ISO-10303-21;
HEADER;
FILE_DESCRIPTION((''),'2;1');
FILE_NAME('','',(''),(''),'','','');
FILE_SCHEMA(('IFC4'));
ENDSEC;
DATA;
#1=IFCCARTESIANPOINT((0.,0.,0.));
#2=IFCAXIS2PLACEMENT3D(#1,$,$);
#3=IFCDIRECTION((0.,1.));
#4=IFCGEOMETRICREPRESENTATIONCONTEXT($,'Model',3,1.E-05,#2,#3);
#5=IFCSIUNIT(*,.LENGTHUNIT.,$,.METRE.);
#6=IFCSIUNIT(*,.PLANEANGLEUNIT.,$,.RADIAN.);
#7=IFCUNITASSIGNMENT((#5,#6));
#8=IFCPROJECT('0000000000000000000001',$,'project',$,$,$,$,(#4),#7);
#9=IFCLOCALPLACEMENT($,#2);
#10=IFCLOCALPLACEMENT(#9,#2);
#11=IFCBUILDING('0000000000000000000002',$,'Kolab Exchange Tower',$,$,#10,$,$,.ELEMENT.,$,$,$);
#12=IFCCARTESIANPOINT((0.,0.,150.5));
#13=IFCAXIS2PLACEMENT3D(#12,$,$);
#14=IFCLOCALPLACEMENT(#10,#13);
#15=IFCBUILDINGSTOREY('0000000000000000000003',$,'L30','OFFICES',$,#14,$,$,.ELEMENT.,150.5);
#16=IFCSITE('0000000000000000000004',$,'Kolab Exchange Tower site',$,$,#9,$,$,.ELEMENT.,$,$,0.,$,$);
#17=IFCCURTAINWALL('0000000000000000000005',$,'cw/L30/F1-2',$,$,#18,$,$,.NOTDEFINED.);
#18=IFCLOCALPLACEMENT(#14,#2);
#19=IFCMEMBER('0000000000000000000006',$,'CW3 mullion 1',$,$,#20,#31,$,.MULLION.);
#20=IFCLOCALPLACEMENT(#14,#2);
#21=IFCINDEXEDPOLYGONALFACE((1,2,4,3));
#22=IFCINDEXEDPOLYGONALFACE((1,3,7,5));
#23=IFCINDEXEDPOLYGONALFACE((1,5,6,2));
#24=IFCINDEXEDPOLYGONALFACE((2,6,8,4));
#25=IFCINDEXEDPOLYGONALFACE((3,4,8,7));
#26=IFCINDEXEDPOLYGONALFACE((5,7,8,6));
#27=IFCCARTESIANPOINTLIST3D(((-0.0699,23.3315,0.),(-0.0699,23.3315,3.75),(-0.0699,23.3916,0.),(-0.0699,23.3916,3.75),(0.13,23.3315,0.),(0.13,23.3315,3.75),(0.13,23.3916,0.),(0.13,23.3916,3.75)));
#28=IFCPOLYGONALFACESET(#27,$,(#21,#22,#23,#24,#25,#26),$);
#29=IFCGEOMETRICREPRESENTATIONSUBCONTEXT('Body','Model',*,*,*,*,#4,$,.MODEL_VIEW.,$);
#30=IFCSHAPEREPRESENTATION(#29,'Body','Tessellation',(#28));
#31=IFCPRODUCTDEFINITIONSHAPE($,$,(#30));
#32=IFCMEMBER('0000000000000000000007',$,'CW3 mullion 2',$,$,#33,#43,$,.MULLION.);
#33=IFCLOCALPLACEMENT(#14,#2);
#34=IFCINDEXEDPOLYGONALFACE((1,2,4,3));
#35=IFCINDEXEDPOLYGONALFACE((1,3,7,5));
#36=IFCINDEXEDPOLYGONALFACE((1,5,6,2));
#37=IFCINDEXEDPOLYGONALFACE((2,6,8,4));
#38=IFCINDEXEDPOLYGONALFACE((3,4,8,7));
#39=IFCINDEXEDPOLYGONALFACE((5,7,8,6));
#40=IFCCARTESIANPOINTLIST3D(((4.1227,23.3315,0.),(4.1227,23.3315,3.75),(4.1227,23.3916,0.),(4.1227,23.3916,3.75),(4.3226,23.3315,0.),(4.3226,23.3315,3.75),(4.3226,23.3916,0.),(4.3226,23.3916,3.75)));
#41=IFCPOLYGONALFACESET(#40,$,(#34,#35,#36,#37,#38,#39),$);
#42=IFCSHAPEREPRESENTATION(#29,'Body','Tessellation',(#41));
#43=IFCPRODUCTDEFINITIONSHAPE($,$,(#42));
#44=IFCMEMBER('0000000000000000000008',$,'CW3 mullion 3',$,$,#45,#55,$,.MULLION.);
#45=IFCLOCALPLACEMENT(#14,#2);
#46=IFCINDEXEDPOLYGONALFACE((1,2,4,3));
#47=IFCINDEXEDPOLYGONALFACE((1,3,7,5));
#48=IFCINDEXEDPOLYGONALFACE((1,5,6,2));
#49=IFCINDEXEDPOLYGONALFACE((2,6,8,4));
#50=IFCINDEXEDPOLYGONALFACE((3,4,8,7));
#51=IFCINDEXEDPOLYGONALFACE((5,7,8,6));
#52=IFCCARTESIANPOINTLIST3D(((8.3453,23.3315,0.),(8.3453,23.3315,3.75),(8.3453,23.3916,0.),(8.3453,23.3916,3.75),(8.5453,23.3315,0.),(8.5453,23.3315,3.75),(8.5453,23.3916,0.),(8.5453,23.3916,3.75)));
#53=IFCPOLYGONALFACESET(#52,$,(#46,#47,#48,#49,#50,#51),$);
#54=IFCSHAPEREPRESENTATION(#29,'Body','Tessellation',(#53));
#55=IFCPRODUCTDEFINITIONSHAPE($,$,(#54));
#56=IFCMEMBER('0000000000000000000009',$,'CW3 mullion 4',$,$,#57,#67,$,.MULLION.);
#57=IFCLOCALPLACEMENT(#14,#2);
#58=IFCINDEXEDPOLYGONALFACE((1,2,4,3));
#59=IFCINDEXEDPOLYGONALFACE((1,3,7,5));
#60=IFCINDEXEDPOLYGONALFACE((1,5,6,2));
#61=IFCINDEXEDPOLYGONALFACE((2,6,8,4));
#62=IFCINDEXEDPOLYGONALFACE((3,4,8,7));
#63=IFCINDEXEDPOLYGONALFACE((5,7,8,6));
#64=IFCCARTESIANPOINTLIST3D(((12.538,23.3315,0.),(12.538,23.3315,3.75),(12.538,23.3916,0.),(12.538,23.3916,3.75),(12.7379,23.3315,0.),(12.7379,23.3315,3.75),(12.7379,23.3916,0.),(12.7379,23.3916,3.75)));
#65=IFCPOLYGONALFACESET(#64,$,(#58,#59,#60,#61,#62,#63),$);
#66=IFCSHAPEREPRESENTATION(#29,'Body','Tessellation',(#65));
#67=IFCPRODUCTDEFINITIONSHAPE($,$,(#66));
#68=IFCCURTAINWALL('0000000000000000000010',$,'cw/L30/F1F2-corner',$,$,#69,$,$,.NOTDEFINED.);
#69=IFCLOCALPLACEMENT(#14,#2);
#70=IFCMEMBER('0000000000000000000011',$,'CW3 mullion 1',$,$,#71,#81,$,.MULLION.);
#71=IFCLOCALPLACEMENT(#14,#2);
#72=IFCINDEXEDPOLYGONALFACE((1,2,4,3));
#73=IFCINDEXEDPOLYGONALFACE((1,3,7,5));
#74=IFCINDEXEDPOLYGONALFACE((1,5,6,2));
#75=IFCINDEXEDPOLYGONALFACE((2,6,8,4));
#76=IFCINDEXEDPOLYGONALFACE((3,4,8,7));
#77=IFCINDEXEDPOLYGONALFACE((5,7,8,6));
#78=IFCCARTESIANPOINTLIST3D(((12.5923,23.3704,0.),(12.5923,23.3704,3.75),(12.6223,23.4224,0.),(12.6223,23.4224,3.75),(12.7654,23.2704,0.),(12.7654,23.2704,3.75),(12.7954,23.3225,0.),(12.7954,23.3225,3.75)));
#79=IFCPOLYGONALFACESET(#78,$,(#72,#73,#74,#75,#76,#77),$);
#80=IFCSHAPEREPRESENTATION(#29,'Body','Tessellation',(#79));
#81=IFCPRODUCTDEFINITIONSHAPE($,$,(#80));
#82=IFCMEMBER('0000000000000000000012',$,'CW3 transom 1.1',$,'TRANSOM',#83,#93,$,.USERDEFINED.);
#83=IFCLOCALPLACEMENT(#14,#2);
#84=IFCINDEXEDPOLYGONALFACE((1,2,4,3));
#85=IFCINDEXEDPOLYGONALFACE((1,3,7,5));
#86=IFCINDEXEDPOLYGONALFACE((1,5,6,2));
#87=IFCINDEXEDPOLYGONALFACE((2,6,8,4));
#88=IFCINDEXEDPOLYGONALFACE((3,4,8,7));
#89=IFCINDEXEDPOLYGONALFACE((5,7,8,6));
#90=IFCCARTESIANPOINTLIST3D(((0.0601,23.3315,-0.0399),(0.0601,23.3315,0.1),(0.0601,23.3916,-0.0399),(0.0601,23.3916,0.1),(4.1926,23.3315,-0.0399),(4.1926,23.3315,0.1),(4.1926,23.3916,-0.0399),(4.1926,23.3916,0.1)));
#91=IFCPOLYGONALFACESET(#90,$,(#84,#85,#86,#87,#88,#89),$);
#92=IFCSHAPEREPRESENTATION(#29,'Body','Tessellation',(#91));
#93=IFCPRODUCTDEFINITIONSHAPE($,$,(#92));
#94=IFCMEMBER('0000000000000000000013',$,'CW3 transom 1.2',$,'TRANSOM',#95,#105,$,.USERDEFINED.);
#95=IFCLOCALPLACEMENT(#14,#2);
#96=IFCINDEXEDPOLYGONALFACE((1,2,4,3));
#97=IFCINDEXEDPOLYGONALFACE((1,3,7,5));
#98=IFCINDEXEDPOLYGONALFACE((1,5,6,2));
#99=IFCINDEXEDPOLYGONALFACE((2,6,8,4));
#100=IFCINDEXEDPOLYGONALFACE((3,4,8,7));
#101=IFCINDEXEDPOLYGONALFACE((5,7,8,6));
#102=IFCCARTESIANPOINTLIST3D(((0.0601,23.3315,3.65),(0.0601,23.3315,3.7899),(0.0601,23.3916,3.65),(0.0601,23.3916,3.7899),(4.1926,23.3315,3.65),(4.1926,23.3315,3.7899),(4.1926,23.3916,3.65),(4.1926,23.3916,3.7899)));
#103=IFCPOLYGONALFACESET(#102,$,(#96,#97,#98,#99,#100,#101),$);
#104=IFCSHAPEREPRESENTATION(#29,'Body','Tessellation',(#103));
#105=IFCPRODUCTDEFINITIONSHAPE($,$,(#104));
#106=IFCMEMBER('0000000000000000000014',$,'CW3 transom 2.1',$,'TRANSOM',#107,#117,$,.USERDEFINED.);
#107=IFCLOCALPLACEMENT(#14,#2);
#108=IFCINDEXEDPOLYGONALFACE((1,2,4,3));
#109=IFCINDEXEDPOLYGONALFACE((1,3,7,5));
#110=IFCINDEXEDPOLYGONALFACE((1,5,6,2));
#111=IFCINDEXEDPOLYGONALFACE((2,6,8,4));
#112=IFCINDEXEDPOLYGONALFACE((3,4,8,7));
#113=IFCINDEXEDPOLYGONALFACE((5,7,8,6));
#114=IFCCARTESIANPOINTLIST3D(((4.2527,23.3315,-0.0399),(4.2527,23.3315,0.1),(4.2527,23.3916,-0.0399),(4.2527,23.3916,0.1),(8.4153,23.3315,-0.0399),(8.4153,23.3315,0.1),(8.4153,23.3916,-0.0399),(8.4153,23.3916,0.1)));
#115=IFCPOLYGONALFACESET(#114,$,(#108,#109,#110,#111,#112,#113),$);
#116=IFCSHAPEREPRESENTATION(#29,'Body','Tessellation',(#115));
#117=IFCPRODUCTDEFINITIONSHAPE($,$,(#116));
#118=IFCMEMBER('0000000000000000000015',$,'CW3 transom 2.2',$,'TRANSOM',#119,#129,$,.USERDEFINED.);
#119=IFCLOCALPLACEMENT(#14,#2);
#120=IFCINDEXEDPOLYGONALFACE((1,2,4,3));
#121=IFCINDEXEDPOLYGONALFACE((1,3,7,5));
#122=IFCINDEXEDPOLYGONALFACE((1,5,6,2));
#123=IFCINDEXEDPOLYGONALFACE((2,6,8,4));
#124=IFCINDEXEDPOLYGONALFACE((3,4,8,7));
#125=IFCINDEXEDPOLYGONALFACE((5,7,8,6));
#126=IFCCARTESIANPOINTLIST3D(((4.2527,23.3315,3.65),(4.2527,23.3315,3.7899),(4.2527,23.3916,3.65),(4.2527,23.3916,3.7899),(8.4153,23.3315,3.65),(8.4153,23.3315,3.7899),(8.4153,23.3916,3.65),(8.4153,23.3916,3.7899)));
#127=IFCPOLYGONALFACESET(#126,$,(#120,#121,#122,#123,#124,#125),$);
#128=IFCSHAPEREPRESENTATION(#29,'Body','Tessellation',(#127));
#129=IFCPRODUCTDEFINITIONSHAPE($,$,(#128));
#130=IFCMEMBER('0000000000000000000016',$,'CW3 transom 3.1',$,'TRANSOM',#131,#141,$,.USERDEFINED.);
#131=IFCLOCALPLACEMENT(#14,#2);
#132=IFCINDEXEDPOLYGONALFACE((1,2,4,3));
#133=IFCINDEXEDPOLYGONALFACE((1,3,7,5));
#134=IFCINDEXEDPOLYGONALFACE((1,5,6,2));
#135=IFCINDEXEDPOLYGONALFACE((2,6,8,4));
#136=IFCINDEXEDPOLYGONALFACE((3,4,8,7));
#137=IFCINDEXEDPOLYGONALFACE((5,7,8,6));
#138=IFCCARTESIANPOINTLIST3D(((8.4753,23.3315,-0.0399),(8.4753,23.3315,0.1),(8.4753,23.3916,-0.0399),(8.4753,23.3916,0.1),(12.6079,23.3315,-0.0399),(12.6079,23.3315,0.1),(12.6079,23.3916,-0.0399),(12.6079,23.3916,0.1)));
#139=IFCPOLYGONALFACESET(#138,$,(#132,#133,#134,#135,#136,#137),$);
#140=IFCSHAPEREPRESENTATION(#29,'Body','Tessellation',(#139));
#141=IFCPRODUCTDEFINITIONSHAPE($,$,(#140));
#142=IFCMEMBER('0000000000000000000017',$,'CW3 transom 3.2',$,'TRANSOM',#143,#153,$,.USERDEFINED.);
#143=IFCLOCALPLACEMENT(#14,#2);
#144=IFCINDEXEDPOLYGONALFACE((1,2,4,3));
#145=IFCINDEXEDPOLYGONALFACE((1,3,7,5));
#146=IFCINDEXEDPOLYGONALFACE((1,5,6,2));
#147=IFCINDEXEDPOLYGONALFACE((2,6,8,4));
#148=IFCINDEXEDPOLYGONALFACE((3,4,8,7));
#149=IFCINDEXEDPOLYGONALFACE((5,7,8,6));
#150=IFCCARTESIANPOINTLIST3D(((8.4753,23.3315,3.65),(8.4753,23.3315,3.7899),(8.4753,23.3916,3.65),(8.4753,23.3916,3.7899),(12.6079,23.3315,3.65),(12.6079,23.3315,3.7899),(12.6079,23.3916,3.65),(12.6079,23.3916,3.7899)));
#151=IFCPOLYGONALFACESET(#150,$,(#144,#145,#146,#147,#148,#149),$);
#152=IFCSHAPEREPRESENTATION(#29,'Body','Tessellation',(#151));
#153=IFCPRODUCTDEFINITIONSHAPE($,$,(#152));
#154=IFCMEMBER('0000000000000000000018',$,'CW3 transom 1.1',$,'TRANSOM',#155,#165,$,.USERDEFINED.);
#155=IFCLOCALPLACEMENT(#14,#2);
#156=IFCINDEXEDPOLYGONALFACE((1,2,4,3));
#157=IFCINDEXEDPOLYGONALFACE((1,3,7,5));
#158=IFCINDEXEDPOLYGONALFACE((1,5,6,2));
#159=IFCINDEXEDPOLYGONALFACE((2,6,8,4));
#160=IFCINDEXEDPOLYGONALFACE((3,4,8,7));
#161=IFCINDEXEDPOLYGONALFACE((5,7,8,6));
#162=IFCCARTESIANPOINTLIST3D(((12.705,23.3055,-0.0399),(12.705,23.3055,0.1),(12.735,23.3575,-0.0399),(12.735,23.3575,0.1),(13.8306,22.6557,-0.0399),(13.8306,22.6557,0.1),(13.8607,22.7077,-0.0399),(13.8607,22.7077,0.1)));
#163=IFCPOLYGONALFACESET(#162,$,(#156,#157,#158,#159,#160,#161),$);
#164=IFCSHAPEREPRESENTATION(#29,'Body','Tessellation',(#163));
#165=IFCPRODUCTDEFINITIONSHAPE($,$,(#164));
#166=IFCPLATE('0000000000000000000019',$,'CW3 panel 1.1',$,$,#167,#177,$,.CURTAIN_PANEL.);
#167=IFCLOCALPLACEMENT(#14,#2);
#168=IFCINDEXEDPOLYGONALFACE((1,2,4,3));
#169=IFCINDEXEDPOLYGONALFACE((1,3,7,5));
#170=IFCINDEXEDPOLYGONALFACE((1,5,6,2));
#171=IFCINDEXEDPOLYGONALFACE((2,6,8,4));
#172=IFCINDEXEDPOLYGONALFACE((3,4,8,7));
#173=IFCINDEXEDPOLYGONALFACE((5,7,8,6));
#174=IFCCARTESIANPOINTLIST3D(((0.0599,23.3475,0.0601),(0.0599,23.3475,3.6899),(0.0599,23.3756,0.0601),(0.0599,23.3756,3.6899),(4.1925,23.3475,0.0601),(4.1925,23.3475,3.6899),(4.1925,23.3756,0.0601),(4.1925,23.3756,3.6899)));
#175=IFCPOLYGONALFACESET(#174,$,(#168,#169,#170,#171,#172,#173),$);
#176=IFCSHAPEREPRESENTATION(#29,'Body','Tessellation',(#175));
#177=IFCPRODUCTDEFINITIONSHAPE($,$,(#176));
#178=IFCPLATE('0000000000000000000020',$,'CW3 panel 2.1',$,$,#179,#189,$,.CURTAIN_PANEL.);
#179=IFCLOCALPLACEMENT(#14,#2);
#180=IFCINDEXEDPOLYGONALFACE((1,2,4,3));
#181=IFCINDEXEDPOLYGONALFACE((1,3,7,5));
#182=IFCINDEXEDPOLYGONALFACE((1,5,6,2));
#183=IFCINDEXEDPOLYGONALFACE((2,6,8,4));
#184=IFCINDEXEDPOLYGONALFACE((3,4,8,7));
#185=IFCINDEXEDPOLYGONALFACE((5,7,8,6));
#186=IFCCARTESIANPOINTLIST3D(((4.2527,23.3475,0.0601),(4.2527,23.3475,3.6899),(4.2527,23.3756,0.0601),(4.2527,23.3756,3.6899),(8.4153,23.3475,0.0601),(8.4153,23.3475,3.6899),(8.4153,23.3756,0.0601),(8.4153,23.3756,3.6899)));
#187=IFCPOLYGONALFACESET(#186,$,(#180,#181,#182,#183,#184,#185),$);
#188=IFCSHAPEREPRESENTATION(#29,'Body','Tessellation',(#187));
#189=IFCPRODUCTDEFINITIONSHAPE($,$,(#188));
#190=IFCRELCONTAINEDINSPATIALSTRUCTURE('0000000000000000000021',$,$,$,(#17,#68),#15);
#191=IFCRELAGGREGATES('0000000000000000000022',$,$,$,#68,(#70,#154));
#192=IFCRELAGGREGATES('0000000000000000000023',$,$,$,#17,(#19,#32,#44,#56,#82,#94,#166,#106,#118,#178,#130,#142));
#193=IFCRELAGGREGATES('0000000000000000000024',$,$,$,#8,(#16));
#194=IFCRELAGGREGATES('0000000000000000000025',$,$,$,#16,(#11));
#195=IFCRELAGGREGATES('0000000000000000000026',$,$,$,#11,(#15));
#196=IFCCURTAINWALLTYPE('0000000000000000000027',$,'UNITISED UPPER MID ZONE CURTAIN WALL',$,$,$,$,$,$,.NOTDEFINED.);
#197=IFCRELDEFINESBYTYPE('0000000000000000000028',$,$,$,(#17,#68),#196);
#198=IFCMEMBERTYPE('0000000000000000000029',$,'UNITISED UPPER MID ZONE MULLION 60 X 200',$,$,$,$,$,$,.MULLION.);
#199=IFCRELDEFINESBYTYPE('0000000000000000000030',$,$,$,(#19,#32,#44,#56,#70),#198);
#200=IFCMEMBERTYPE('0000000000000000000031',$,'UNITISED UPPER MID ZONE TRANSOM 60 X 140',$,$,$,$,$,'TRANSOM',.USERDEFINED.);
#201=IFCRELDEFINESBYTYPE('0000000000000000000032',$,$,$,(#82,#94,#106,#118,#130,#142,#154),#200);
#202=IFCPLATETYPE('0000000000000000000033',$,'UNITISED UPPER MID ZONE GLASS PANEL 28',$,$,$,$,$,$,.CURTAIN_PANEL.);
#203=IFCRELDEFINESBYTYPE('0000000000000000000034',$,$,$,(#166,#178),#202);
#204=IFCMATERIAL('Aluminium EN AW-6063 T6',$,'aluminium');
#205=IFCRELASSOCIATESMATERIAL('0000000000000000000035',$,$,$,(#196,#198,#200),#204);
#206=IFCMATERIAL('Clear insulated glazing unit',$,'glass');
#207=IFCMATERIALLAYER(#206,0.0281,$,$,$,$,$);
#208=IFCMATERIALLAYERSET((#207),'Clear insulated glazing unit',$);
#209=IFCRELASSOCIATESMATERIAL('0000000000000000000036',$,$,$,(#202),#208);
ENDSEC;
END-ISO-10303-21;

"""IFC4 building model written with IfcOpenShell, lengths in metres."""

from ifc_helpers import new_model, si_unit, direction, frame, origin, origin_2d, place, context, subcontext, project, spatial, rectangle, extrude, material, layer, layer_set, material_profile, profile_set, type_object, element, aggregate, save


model = new_model("IFC4")

# Units and contexts
model_context = context("Model", 3, precision=1e-05, world=origin(), true_north=direction((0.0, 1.0)))
body_context = subcontext(model_context, "Body", "Model", "MODEL_VIEW")
ifc_project = project(units=[si_unit("LENGTHUNIT", "METRE"), si_unit("PLANEANGLEUNIT", "RADIAN")], contexts=[model_context])

# Site, building, storey
site_placement = place(None, origin())
site = spatial("IfcSite", under=ifc_project, at=site_placement, Name="Kolab Exchange Tower site", CompositionType="ELEMENT", RefElevation=0.0)
building_placement = place(site_placement, origin())
building = spatial("IfcBuilding", under=site, at=building_placement, Name="Kolab Exchange Tower", CompositionType="ELEMENT")
storey_placement = place(building_placement, frame((0.0, 0.0, 150.5)))
storey = spatial("IfcBuildingStorey", under=building, at=storey_placement, Name="L30", Description="OFFICES", CompositionType="ELEMENT", Elevation=150.5)

# Curtain wall, members
ifc_material_1 = material(Name="Aluminium EN AW-6063 T6", Category="aluminium")
curtain_wall_type = type_object("IfcCurtainWallType", Name="UNITISED UPPER MID ZONE CURTAIN WALL", PredefinedType="NOTDEFINED", material=ifc_material_1)
curtain_wall_1_placement = place(storey_placement, origin())
curtain_wall_1 = element("IfcCurtainWall", 1, at=curtain_wall_1_placement, inside=storey, type_object=curtain_wall_type, Name="cw/L30/F1-2", PredefinedType="NOTDEFINED")
ifc_material_profile_1 = material_profile(ifc_material_1, rectangle(XDim=0.0601, YDim=0.2, at=origin_2d()), Name="RECT 60X200")
ifc_profile_set_1 = profile_set([ifc_material_profile_1], Name="Aluminium EN AW-6063 T6")
member_type_1 = type_object("IfcMemberType", Name="UNITISED UPPER MID ZONE MULLION 60 X 200", PredefinedType="MULLION", material=ifc_profile_set_1)
member_1_placement = place(storey_placement, frame((0.03, 23.3616, 0.0), z_axis=(0.0, 0.0, 1.0), x_axis=(0.0, 1.0, 0.0)))
member_1 = element("IfcMember", 2, at=member_1_placement, type_object=member_type_1, Name="CW3 mullion 1", PredefinedType="MULLION", context=body_context, shape_type="SweptSolid", body=[
    extrude(rectangle(XDim=0.0601, YDim=0.2, at=origin_2d()), origin(), (0.0, 0.0, 1.0), 3.75),
])
member_2_placement = place(storey_placement, frame((4.2227, 23.3616, 0.0), z_axis=(0.0, 0.0, 1.0), x_axis=(0.0, 1.0, 0.0)))
member_2 = element("IfcMember", 3, at=member_2_placement, type_object=member_type_1, Name="CW3 mullion 2", PredefinedType="MULLION", context=body_context, shape_type="SweptSolid", body=[
    extrude(rectangle(XDim=0.0601, YDim=0.2, at=origin_2d()), origin(), (0.0, 0.0, 1.0), 3.75),
])
member_3_placement = place(storey_placement, frame((8.4453, 23.3616, 0.0), z_axis=(0.0, 0.0, 1.0), x_axis=(0.0, 1.0, 0.0)))
member_3 = element("IfcMember", 4, at=member_3_placement, type_object=member_type_1, Name="CW3 mullion 3", PredefinedType="MULLION", context=body_context, shape_type="SweptSolid", body=[
    extrude(rectangle(XDim=0.0601, YDim=0.2, at=origin_2d()), origin(), (0.0, 0.0, 1.0), 3.75),
])
member_4_placement = place(storey_placement, frame((12.6379, 23.3616, 0.0), z_axis=(0.0, 0.0, 1.0), x_axis=(0.0, 1.0, 0.0)))
member_4 = element("IfcMember", 5, at=member_4_placement, type_object=member_type_1, Name="CW3 mullion 4", PredefinedType="MULLION", context=body_context, shape_type="SweptSolid", body=[
    extrude(rectangle(XDim=0.0601, YDim=0.2, at=origin_2d()), origin(), (0.0, 0.0, 1.0), 3.75),
])

# Curtain wall, member
curtain_wall_2_placement = place(storey_placement, origin())
curtain_wall_2 = element("IfcCurtainWall", 6, at=curtain_wall_2_placement, inside=storey, type_object=curtain_wall_type, Name="cw/L30/F1F2-corner", PredefinedType="NOTDEFINED")
member_5_placement = place(storey_placement, frame((12.6938, 23.3464, 0.0), z_axis=(0.0, 0.0, 1.0), x_axis=(0.5, 0.866025, 0.0)))
member_5 = element("IfcMember", 7, at=member_5_placement, type_object=member_type_1, Name="CW3 mullion 1", PredefinedType="MULLION", context=body_context, shape_type="SweptSolid", body=[
    extrude(rectangle(XDim=0.0601, YDim=0.2, at=origin_2d()), origin(), (0.0, 0.0, 1.0), 3.75),
])

# Members
ifc_material_profile_2 = material_profile(ifc_material_1, rectangle(XDim=0.0601, YDim=0.1399, at=origin_2d()), Name="RECT 60X140")
ifc_profile_set_2 = profile_set([ifc_material_profile_2], Name="Aluminium EN AW-6063 T6")
member_type_2 = type_object("IfcMemberType", Name="UNITISED UPPER MID ZONE TRANSOM 60 X 140", ElementType="TRANSOM", PredefinedType="USERDEFINED", material=ifc_profile_set_2)
member_6_placement = place(storey_placement, frame((0.0601, 23.3616, 0.03), z_axis=(1.0, 0.0, 0.0), x_axis=(0.0, 1.0, 0.0)))
member_6 = element("IfcMember", 8, at=member_6_placement, type_object=member_type_2, Name="CW3 transom 1.1", ObjectType="TRANSOM", PredefinedType="USERDEFINED", context=body_context, shape_type="SweptSolid", body=[
    extrude(rectangle(XDim=0.0601, YDim=0.1399, at=origin_2d()), origin(), (0.0, 0.0, 1.0), 4.1326),
])
member_7_placement = place(storey_placement, frame((0.0601, 23.3616, 3.72), z_axis=(1.0, 0.0, 0.0), x_axis=(0.0, 1.0, 0.0)))
member_7 = element("IfcMember", 9, at=member_7_placement, type_object=member_type_2, Name="CW3 transom 1.2", ObjectType="TRANSOM", PredefinedType="USERDEFINED", context=body_context, shape_type="SweptSolid", body=[
    extrude(rectangle(XDim=0.0601, YDim=0.1399, at=origin_2d()), origin(), (0.0, 0.0, 1.0), 4.1326),
])
member_8_placement = place(storey_placement, frame((4.2527, 23.3616, 0.03), z_axis=(1.0, 0.0, 0.0), x_axis=(0.0, 1.0, 0.0)))
member_8 = element("IfcMember", 10, at=member_8_placement, type_object=member_type_2, Name="CW3 transom 2.1", ObjectType="TRANSOM", PredefinedType="USERDEFINED", context=body_context, shape_type="SweptSolid", body=[
    extrude(rectangle(XDim=0.0601, YDim=0.1399, at=origin_2d()), origin(), (0.0, 0.0, 1.0), 4.1626),
])
member_9_placement = place(storey_placement, frame((4.2527, 23.3616, 3.72), z_axis=(1.0, 0.0, 0.0), x_axis=(0.0, 1.0, 0.0)))
member_9 = element("IfcMember", 11, at=member_9_placement, type_object=member_type_2, Name="CW3 transom 2.2", ObjectType="TRANSOM", PredefinedType="USERDEFINED", context=body_context, shape_type="SweptSolid", body=[
    extrude(rectangle(XDim=0.0601, YDim=0.1399, at=origin_2d()), origin(), (0.0, 0.0, 1.0), 4.1626),
])
member_10_placement = place(storey_placement, frame((8.4753, 23.3616, 0.03), z_axis=(1.0, 0.0, 0.0), x_axis=(0.0, 1.0, 0.0)))
member_10 = element("IfcMember", 12, at=member_10_placement, type_object=member_type_2, Name="CW3 transom 3.1", ObjectType="TRANSOM", PredefinedType="USERDEFINED", context=body_context, shape_type="SweptSolid", body=[
    extrude(rectangle(XDim=0.0601, YDim=0.1399, at=origin_2d()), origin(), (0.0, 0.0, 1.0), 4.1326),
])
member_11_placement = place(storey_placement, frame((8.4753, 23.3616, 3.72), z_axis=(1.0, 0.0, 0.0), x_axis=(0.0, 1.0, 0.0)))
member_11 = element("IfcMember", 13, at=member_11_placement, type_object=member_type_2, Name="CW3 transom 3.2", ObjectType="TRANSOM", PredefinedType="USERDEFINED", context=body_context, shape_type="SweptSolid", body=[
    extrude(rectangle(XDim=0.0601, YDim=0.1399, at=origin_2d()), origin(), (0.0, 0.0, 1.0), 4.1326),
])
member_12_placement = place(storey_placement, frame((12.72, 23.3315, 0.03), z_axis=(0.866039, -0.499977, 0.0), x_axis=(0.499977, 0.866039, 0.0)))
member_12 = element("IfcMember", 14, at=member_12_placement, type_object=member_type_2, Name="CW3 transom 1.1", ObjectType="TRANSOM", PredefinedType="USERDEFINED", context=body_context, shape_type="SweptSolid", body=[
    extrude(rectangle(XDim=0.0601, YDim=0.1399, at=origin_2d()), origin(), (0.0, 0.0, 1.0), 1.2998),
])
aggregate(curtain_wall_2, [member_5, member_12])

# Plates
ifc_material_2 = material(Name="Clear insulated glazing unit", Category="glass")
ifc_layer_1 = layer(ifc_material_2, 0.0281)
ifc_layer_set_1 = layer_set([ifc_layer_1], Name="Clear insulated glazing unit")
plate_type = type_object("IfcPlateType", Name="UNITISED UPPER MID ZONE GLASS PANEL 28", PredefinedType="CURTAIN_PANEL", material=ifc_layer_set_1)
plate_1_placement = place(storey_placement, frame((2.1262, 23.3616, 0.0601), z_axis=(0.0, 0.0, 1.0), x_axis=(1.0, 0.0, 0.0)))
plate_1 = element("IfcPlate", 15, at=plate_1_placement, type_object=plate_type, Name="CW3 panel 1.1", PredefinedType="CURTAIN_PANEL", context=body_context, shape_type="SweptSolid", body=[
    extrude(rectangle(XDim=4.1326, YDim=0.0281, at=origin_2d()), origin(), (0.0, 0.0, 1.0), 3.6299),
])
plate_2_placement = place(storey_placement, frame((6.334, 23.3616, 0.0601), z_axis=(0.0, 0.0, 1.0), x_axis=(1.0, 0.0, 0.0)))
plate_2 = element("IfcPlate", 16, at=plate_2_placement, type_object=plate_type, Name="CW3 panel 2.1", PredefinedType="CURTAIN_PANEL", context=body_context, shape_type="SweptSolid", body=[
    extrude(rectangle(XDim=4.1626, YDim=0.0281, at=origin_2d()), origin(), (0.0, 0.0, 1.0), 3.6299),
])
aggregate(curtain_wall_1, [member_1, member_2, member_3, member_4, member_6, member_7, plate_1, member_8, member_9, plate_2, member_10, member_11])

save(model, "model.ifc")
